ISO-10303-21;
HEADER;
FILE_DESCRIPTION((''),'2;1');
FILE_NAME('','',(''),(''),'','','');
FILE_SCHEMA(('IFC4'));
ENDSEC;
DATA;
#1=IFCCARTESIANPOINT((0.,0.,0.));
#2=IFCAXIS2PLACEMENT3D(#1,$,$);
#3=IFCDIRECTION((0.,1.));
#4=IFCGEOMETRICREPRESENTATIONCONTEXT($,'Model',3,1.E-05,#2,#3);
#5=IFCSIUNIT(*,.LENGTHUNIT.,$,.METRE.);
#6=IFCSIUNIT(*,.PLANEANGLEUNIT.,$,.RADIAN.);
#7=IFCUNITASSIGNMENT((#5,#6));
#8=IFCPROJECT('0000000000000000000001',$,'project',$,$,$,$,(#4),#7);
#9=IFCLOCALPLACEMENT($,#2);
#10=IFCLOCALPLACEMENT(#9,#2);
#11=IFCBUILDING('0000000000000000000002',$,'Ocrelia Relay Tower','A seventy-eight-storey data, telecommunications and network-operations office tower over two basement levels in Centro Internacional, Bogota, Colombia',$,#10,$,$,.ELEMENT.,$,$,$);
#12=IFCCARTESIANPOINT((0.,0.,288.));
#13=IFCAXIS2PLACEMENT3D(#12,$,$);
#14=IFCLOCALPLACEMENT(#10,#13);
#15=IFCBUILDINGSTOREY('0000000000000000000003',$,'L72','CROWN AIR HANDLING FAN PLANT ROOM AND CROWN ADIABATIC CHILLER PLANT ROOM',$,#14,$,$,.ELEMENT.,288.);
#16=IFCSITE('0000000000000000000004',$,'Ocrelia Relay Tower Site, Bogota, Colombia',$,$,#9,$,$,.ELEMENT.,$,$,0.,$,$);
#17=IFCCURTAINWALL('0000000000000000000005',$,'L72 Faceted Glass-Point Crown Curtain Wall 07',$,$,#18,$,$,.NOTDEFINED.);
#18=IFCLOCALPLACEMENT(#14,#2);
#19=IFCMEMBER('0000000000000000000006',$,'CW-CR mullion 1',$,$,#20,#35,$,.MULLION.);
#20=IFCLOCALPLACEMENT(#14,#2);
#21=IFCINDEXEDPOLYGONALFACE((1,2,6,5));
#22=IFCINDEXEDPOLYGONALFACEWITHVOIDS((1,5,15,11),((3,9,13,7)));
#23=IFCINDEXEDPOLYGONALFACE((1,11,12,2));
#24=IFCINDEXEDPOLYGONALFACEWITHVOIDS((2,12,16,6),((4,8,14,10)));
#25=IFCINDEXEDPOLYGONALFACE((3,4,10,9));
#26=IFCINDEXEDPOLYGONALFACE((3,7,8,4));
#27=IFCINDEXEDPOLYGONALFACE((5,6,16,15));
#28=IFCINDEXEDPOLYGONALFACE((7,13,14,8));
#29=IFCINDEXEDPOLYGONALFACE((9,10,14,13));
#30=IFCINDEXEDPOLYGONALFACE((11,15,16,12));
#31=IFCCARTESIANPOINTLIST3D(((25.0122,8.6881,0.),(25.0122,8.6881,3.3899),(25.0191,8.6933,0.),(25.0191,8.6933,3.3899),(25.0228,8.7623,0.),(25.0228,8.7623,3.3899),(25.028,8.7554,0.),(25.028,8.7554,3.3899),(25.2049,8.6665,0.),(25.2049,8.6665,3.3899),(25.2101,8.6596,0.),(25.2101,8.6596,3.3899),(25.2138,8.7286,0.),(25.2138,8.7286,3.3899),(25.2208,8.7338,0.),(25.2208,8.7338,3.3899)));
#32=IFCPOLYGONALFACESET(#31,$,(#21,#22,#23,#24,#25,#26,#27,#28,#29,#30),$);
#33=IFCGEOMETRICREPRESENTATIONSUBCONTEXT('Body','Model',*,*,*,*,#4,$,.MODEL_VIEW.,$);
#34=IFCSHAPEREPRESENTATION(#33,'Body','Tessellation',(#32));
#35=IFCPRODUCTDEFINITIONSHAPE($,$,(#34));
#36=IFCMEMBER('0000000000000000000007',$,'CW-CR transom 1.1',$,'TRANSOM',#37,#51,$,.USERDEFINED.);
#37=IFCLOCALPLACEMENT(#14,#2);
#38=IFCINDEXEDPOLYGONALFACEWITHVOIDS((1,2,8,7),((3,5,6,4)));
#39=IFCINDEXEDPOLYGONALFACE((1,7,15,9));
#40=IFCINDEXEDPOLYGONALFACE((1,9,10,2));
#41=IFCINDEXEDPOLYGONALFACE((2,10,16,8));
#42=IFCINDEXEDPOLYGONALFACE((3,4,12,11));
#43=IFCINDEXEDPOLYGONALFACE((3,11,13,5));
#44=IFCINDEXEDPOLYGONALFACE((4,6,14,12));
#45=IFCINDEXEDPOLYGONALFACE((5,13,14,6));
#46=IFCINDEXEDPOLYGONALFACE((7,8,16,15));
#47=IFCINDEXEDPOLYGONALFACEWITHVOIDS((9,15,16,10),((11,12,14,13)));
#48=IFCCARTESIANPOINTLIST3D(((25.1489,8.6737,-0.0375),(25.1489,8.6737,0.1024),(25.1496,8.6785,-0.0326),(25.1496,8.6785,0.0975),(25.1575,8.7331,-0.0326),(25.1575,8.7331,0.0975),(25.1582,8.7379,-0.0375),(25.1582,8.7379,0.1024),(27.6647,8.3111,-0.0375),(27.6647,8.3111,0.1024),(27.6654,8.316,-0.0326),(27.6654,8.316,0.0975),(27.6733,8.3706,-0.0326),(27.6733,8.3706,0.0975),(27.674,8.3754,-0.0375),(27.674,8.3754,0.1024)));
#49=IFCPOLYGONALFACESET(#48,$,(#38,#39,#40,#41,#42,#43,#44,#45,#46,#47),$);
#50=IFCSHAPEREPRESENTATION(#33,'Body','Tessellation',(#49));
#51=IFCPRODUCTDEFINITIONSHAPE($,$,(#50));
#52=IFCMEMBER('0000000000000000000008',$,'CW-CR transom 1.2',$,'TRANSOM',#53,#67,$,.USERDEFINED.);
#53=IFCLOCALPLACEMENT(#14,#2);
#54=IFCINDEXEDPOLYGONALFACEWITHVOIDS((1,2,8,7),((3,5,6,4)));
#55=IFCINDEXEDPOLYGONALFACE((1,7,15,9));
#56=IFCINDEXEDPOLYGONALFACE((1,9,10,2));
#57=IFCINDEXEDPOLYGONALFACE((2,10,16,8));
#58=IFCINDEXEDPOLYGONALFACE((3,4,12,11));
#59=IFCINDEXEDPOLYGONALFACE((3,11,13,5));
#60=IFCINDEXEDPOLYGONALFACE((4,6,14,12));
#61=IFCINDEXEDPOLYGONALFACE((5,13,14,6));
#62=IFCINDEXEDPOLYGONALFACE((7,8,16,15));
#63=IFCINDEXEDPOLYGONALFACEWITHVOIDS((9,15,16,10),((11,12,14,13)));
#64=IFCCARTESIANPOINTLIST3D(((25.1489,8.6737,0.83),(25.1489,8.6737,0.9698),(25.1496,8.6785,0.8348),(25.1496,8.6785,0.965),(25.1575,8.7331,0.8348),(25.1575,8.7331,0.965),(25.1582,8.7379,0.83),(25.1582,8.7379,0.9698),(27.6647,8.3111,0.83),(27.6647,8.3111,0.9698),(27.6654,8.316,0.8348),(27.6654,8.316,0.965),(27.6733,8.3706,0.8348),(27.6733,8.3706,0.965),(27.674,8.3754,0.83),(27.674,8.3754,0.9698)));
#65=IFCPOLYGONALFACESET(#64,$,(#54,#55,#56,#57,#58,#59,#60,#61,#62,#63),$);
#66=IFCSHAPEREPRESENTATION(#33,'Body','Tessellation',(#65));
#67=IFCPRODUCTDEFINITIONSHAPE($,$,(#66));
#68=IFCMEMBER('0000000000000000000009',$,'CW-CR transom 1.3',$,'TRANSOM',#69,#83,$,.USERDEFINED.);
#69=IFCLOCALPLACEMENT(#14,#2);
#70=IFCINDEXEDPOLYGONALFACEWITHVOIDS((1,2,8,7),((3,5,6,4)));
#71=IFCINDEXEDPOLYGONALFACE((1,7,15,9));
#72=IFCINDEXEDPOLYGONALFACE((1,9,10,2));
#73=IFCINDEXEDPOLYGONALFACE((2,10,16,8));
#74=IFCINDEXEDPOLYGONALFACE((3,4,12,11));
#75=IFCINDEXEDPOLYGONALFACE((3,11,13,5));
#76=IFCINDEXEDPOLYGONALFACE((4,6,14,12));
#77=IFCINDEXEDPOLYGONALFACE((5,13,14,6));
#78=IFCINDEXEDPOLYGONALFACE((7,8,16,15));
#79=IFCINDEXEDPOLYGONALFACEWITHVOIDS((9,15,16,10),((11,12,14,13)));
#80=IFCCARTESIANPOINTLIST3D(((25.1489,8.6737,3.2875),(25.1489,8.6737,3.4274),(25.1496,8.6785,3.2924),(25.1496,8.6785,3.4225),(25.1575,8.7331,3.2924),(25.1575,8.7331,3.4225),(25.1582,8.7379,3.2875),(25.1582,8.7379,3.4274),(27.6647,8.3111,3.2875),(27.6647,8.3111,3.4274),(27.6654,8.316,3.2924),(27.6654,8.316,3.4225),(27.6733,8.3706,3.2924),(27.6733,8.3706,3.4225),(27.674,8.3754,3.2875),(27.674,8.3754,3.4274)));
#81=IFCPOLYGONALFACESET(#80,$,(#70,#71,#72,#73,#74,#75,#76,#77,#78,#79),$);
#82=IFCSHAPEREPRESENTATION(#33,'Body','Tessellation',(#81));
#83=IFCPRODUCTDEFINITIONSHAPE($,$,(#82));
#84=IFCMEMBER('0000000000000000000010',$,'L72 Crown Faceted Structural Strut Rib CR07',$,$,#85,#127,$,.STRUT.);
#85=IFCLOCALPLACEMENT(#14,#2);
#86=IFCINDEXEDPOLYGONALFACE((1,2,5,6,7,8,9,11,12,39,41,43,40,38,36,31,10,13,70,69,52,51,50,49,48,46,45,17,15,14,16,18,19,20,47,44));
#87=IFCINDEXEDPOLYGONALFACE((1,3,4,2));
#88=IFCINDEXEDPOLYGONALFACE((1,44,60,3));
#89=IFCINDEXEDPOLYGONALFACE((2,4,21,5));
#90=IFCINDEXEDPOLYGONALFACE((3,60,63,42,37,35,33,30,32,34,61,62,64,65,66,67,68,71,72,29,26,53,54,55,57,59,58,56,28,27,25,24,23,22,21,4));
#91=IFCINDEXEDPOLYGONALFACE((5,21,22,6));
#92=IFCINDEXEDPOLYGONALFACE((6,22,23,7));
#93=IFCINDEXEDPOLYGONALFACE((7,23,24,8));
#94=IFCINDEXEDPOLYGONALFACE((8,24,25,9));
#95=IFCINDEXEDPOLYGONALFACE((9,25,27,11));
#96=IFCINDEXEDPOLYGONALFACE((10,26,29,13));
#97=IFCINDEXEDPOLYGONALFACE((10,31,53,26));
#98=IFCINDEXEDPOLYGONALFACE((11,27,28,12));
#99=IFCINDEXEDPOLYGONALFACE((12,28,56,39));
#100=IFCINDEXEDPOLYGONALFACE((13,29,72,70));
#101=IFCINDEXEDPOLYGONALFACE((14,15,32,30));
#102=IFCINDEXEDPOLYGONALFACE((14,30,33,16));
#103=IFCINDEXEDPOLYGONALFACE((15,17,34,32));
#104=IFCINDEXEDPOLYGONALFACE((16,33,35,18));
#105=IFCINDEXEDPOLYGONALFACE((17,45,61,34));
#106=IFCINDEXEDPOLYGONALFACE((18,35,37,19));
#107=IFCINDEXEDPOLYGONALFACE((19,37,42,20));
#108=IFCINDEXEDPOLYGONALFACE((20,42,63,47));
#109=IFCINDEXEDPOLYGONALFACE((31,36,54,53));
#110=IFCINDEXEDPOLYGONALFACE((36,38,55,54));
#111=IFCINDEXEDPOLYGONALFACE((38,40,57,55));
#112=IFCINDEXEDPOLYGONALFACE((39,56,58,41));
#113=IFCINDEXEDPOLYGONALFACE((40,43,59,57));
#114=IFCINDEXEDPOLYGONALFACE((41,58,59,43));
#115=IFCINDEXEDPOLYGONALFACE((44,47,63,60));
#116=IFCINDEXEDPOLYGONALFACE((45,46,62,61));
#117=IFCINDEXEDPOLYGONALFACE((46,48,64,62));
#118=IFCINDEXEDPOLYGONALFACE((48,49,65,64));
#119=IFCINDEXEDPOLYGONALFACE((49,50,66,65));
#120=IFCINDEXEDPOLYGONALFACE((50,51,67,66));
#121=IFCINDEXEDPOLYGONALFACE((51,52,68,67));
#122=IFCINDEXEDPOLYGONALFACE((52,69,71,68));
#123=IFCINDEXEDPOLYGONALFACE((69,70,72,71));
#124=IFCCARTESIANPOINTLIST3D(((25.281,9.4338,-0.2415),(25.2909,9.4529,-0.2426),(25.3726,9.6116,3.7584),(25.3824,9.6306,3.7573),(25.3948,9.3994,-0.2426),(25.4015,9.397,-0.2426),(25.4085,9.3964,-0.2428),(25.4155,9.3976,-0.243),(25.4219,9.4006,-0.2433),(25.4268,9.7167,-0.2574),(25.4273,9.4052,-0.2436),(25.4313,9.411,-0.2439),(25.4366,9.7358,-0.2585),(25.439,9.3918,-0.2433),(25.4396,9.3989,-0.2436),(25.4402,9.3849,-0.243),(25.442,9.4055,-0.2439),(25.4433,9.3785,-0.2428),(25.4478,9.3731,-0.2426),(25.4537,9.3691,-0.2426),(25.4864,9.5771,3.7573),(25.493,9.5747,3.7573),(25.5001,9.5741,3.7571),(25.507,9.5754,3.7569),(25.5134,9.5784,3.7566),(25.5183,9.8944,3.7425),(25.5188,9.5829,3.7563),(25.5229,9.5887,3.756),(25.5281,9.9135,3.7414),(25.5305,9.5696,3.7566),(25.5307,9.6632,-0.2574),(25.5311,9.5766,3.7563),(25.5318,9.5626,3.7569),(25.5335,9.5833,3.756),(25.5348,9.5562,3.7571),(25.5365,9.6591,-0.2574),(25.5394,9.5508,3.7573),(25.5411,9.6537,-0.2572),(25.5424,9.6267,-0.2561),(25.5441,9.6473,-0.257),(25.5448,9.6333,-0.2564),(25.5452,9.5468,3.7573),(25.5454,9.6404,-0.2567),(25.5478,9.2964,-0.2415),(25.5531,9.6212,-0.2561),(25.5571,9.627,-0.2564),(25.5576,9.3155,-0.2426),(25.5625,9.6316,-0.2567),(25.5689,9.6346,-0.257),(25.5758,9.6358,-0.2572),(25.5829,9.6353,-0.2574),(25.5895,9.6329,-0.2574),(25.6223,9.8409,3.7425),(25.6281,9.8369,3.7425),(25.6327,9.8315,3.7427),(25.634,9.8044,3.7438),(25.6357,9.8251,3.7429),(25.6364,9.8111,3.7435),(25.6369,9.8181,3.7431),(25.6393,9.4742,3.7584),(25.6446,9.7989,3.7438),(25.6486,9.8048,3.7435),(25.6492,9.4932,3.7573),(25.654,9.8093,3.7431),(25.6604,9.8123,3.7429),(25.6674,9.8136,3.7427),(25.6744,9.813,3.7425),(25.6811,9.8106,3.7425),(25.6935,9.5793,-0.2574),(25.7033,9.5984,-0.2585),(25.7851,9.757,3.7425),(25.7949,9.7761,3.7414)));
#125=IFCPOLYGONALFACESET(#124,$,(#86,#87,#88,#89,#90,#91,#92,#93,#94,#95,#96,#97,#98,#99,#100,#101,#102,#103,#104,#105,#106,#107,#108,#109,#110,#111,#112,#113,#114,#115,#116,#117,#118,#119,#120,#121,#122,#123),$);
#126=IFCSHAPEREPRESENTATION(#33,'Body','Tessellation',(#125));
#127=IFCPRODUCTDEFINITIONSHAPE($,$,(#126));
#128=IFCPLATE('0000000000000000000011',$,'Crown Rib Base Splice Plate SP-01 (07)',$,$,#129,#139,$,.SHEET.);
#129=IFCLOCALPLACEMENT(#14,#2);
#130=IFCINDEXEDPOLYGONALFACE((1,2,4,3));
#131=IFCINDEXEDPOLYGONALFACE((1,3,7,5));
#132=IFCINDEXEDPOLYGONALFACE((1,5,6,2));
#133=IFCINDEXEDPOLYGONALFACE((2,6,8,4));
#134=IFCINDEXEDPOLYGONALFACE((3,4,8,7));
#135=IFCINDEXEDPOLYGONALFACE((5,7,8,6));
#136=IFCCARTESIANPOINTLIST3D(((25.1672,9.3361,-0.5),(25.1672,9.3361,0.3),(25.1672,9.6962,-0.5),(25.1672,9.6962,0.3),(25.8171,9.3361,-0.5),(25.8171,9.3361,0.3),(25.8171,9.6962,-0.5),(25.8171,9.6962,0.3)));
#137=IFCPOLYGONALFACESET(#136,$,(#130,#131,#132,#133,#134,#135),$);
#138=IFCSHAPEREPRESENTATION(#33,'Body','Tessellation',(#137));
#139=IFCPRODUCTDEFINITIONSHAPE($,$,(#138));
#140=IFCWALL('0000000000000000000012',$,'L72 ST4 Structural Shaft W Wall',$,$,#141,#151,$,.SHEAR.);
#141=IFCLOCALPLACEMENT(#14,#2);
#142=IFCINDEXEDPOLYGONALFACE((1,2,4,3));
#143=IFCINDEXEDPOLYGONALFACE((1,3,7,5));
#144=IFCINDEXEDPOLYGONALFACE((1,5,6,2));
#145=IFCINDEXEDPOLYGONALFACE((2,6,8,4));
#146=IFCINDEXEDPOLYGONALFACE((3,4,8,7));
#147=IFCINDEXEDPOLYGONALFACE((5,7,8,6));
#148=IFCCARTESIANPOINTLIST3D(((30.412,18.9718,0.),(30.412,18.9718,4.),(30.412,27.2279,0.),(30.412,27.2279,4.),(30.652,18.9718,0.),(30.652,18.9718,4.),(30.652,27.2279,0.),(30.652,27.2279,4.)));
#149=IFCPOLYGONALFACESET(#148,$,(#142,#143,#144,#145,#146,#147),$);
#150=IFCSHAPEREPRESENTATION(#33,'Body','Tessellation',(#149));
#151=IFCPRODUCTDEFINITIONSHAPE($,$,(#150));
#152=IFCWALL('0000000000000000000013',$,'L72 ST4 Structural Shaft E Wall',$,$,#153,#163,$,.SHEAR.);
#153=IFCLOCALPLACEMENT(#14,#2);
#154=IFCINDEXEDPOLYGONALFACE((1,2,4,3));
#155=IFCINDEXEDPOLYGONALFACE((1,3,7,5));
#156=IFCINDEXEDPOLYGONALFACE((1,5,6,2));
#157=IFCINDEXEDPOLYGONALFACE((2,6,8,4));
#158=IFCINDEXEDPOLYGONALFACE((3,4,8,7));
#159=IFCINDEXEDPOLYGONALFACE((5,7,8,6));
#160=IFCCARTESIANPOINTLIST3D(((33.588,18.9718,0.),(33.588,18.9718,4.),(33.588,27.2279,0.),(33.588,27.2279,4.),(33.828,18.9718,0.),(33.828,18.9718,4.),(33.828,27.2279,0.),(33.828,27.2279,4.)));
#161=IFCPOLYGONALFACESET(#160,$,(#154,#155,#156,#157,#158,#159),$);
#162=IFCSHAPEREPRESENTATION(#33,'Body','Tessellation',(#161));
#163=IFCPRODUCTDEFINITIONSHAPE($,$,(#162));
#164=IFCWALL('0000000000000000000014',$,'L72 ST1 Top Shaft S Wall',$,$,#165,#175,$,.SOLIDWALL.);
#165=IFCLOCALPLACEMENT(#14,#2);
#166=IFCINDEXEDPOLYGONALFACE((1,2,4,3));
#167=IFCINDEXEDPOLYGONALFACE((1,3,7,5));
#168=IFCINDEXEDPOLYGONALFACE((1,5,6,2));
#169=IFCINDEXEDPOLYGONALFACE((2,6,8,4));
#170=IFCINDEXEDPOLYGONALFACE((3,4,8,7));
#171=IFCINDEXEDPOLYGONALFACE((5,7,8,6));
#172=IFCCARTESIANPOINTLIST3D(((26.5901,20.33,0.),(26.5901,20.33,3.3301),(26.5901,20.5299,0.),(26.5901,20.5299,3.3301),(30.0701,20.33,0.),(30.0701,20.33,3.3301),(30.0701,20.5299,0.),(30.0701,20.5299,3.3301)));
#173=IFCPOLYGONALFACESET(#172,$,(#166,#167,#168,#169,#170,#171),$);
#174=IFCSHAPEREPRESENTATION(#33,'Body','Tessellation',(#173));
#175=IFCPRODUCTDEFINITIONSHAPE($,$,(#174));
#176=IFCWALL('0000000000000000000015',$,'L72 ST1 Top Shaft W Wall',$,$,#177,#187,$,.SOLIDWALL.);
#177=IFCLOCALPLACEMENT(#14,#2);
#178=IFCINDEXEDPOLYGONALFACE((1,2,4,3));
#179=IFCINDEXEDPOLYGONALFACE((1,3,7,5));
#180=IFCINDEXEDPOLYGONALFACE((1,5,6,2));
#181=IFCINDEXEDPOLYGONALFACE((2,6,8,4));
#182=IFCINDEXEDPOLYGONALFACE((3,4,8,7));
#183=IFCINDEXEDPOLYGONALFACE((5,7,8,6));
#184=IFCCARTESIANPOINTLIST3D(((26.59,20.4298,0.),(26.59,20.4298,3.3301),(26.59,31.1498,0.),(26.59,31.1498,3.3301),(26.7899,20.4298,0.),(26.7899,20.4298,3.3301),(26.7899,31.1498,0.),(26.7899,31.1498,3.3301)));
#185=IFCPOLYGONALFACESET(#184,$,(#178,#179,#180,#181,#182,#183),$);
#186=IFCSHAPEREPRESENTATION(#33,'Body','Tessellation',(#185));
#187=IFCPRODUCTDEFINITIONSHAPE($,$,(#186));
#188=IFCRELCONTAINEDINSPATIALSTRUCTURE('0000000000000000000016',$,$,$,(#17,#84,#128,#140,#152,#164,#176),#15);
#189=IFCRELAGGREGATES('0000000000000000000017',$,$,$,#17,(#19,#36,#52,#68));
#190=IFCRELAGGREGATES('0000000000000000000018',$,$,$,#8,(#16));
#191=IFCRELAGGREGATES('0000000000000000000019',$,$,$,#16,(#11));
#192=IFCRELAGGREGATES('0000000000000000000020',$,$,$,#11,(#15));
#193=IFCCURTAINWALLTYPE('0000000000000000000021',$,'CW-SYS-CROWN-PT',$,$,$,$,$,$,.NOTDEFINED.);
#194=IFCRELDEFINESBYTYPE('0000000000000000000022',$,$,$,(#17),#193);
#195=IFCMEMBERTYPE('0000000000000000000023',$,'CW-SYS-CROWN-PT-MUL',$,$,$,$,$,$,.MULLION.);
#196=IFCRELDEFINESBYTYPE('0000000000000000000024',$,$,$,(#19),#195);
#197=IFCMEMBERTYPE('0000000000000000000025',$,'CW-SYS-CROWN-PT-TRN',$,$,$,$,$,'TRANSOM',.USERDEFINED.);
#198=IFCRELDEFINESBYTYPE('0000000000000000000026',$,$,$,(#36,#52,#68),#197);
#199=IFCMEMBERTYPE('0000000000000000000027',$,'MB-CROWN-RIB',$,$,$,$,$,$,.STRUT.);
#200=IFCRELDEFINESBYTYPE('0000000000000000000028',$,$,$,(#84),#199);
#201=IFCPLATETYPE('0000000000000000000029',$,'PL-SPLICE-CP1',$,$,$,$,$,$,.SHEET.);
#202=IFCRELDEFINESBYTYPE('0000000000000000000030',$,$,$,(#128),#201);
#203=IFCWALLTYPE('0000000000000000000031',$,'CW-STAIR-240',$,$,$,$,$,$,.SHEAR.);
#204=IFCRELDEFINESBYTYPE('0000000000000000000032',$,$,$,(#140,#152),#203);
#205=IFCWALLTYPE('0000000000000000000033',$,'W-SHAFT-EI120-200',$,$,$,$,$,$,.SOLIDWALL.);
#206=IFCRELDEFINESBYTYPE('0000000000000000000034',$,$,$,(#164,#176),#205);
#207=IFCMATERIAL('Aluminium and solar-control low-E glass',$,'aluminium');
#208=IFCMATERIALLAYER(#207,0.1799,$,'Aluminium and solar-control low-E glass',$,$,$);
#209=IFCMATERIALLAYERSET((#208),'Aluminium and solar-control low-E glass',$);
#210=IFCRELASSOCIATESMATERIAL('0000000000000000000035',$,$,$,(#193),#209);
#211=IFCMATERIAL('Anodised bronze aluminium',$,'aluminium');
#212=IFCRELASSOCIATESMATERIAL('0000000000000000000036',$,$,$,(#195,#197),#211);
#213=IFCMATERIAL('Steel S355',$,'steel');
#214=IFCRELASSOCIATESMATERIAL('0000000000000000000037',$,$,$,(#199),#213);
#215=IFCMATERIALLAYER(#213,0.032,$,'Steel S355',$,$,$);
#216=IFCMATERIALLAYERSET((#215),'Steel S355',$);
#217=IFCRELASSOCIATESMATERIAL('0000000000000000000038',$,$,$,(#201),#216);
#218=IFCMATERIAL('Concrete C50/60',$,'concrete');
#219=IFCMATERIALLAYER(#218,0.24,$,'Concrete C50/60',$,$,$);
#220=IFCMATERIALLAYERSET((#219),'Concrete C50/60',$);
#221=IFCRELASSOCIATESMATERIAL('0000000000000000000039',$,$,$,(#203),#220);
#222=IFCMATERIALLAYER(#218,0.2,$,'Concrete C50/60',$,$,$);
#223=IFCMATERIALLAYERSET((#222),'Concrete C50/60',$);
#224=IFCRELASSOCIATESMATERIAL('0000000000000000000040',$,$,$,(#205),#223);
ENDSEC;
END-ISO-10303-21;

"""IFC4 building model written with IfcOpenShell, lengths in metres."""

from ifc_helpers import new_model, si_unit, direction, frame, frame_2d, origin, origin_2d, place, context, subcontext, project, spatial, rectangle, hollow_rectangle, i_section, extrude, material, layer, layer_set, material_profile, profile_set, type_object, element, aggregate, save


model = new_model("IFC4")

# Units and contexts
model_context = context("Model", 3, precision=1e-05, world=origin(), true_north=direction((0.0, 1.0)))
body_context = subcontext(model_context, "Body", "Model", "MODEL_VIEW")
ifc_project = project(units=[si_unit("LENGTHUNIT", "METRE"), si_unit("PLANEANGLEUNIT", "RADIAN")], contexts=[model_context])

# Site, building, storey
site_placement = place(None, origin())
site = spatial("IfcSite", under=ifc_project, at=site_placement, Name="Ocrelia Relay Tower Site, Bogota, Colombia", CompositionType="ELEMENT", RefElevation=0.0)
building_placement = place(site_placement, origin())
building = spatial("IfcBuilding", under=site, at=building_placement, Name="Ocrelia Relay Tower", Description="A seventy-eight-storey data, telecommunications and network-operations office tower over two basement levels in Centro Internacional, Bogota, Colombia", CompositionType="ELEMENT")
storey_placement = place(building_placement, frame((0.0, 0.0, 288.0)))
storey = spatial("IfcBuildingStorey", under=building, at=storey_placement, Name="L72", Description="CROWN AIR HANDLING FAN PLANT ROOM AND CROWN ADIABATIC CHILLER PLANT ROOM", CompositionType="ELEMENT", Elevation=288.0)

# Shared definitions
ifc_material_1 = material(Name="Steel S355", Category="steel")

# Curtain wall, members
ifc_material_2 = material(Name="Aluminium and solar-control low-E glass", Category="aluminium")
ifc_layer_1 = layer(ifc_material_2, 0.1799, Name="Aluminium and solar-control low-E glass")
ifc_layer_set_1 = layer_set([ifc_layer_1], Name="Aluminium and solar-control low-E glass")
curtain_wall_type = type_object("IfcCurtainWallType", Name="CW-SYS-CROWN-PT", PredefinedType="NOTDEFINED", material=ifc_layer_set_1)
curtain_wall_placement = place(storey_placement, origin())
curtain_wall = element("IfcCurtainWall", 1, at=curtain_wall_placement, inside=storey, type_object=curtain_wall_type, Name="L72 Faceted Glass-Point Crown Curtain Wall 07", PredefinedType="NOTDEFINED")
ifc_material_3 = material(Name="Anodised bronze aluminium", Category="aluminium")
ifc_material_profile_1 = material_profile(ifc_material_3, hollow_rectangle(XDim=0.075, YDim=0.2, WallThickness=0.0061, at=origin_2d()), Name="CW-MUL-200x75")
ifc_profile_set_1 = profile_set([ifc_material_profile_1], Name="Anodised bronze aluminium")
member_type_1 = type_object("IfcMemberType", Name="CW-SYS-CROWN-PT-MUL", PredefinedType="MULLION", material=ifc_profile_set_1)
member_1_placement = place(storey_placement, frame((25.1165, 8.7109, 0.0), z_axis=(0.0, 0.0, 1.0), x_axis=(0.142627, 0.989776, 0.0)))
member_1 = element("IfcMember", 2, at=member_1_placement, type_object=member_type_1, Name="CW-CR mullion 1", PredefinedType="MULLION", context=body_context, shape_type="SweptSolid", body=[
    extrude(hollow_rectangle(XDim=0.075, YDim=0.2, WallThickness=0.0061, at=origin_2d()), origin(), (0.0, 0.0, 1.0), 3.3899),
])
ifc_material_profile_2 = material_profile(ifc_material_3, hollow_rectangle(XDim=0.0649, YDim=0.1399, WallThickness=0.0049, at=origin_2d()), Name="CW-TRN-140x65")
ifc_profile_set_2 = profile_set([ifc_material_profile_2], Name="Anodised bronze aluminium")
member_type_2 = type_object("IfcMemberType", Name="CW-SYS-CROWN-PT-TRN", ElementType="TRANSOM", PredefinedType="USERDEFINED", material=ifc_profile_set_2)
member_2_placement = place(storey_placement, frame((25.1536, 8.7058, 0.0325), z_axis=(0.989776, -0.142631, 0.0), x_axis=(0.142631, 0.989776, 0.0)))
member_2 = element("IfcMember", 3, at=member_2_placement, type_object=member_type_2, Name="CW-CR transom 1.1", ObjectType="TRANSOM", PredefinedType="USERDEFINED", context=body_context, shape_type="SweptSolid", body=[
    extrude(hollow_rectangle(XDim=0.0649, YDim=0.1399, WallThickness=0.0049, at=origin_2d()), origin(), (0.0, 0.0, 1.0), 2.5417),
])
member_3_placement = place(storey_placement, frame((25.1536, 8.7058, 0.8999), z_axis=(0.989776, -0.142631, 0.0), x_axis=(0.142631, 0.989776, 0.0)))
member_3 = element("IfcMember", 4, at=member_3_placement, type_object=member_type_2, Name="CW-CR transom 1.2", ObjectType="TRANSOM", PredefinedType="USERDEFINED", context=body_context, shape_type="SweptSolid", body=[
    extrude(hollow_rectangle(XDim=0.0649, YDim=0.1399, WallThickness=0.0049, at=origin_2d()), origin(), (0.0, 0.0, 1.0), 2.5417),
])
member_4_placement = place(storey_placement, frame((25.1536, 8.7058, 3.3574), z_axis=(0.989776, -0.142631, 0.0), x_axis=(0.142631, 0.989776, 0.0)))
member_4 = element("IfcMember", 5, at=member_4_placement, type_object=member_type_2, Name="CW-CR transom 1.3", ObjectType="TRANSOM", PredefinedType="USERDEFINED", context=body_context, shape_type="SweptSolid", body=[
    extrude(hollow_rectangle(XDim=0.0649, YDim=0.1399, WallThickness=0.0049, at=origin_2d()), origin(), (0.0, 0.0, 1.0), 2.5417),
])
aggregate(curtain_wall, [member_1, member_2, member_3, member_4])

# Member
ifc_material_profile_3 = material_profile(ifc_material_1, i_section(OverallWidth=0.3, OverallDepth=0.3401, WebThickness=0.012, FlangeThickness=0.0215, FilletRadius=0.0271, at=origin_2d()), Name="HEB 340")
ifc_profile_set_3 = profile_set([ifc_material_profile_3], Name="Steel S355")
member_type_3 = type_object("IfcMemberType", Name="MB-CROWN-RIB", PredefinedType="STRUT", material=ifc_profile_set_3)
member_5_placement = place(storey_placement, frame((25.4922, 9.5161, -0.25), z_axis=(0.02286, 0.044378, 0.998753), x_axis=(-0.88899, 0.457927, 0.0)))
element("IfcMember", 6, at=member_5_placement, inside=storey, type_object=member_type_3, Name="L72 Crown Faceted Structural Strut Rib CR07", PredefinedType="STRUT", context=body_context, shape_type="SweptSolid", body=[
    extrude(i_section(OverallWidth=0.3, OverallDepth=0.3401, WebThickness=0.012, FlangeThickness=0.0215, FilletRadius=0.0271, at=origin_2d()), origin(), (0.0, 0.0, 1.0), 4.0049),
])

# Plate
ifc_layer_2 = layer(ifc_material_1, 0.032, Name="Steel S355")
ifc_layer_set_2 = layer_set([ifc_layer_2], Name="Steel S355")
plate_type = type_object("IfcPlateType", Name="PL-SPLICE-CP1", PredefinedType="SHEET", material=ifc_layer_set_2)
plate_placement = place(storey_placement, frame((25.4922, 9.5161, -0.5), z_axis=(0.0, 0.0, 1.0), x_axis=(1.0, 0.0, 0.0)))
element("IfcPlate", 7, at=plate_placement, inside=storey, type_object=plate_type, Name="Crown Rib Base Splice Plate SP-01 (07)", PredefinedType="SHEET", context=body_context, shape_type="SweptSolid", body=[
    extrude(rectangle(XDim=0.6499, YDim=0.3601, at=origin_2d()), origin(), (0.0, 0.0, 1.0), 0.8),
])

# Shared definitions
ifc_material_4 = material(Name="Concrete C50/60", Category="concrete")
ifc_layer_3 = layer(ifc_material_4, 0.24, Name="Concrete C50/60")
ifc_layer_set_3 = layer_set([ifc_layer_3], Name="Concrete C50/60")
wall_type_1 = type_object("IfcWallType", Name="CW-STAIR-240", PredefinedType="SHEAR", material=ifc_layer_set_3)

# Walls
for number, where, z_axis, x_axis, name in (
    (8, (30.532, 18.9719, 0.0), (0.0, 0.0, 1.0), (0.0, 1.0, 0.0), "L72 ST4 Structural Shaft W Wall"),
    (9, (33.708, 18.9719, 0.0), (0.0, 0.0, 1.0), (0.0, 1.0, 0.0), "L72 ST4 Structural Shaft E Wall"),
):
    element("IfcWall", number, at=place(storey_placement, frame(where, z_axis=z_axis, x_axis=x_axis)), inside=storey, type_object=wall_type_1, Name=name, PredefinedType="SHEAR", context=body_context, shape_type="SweptSolid", body=[
        extrude(rectangle(XDim=8.2561, YDim=0.24, at=frame_2d((4.1279, 0.0))), origin(), (0.0, 0.0, 1.0), 4.0),
    ])
ifc_layer_4 = layer(ifc_material_4, 0.2, Name="Concrete C50/60")
ifc_layer_set_4 = layer_set([ifc_layer_4], Name="Concrete C50/60")
wall_type_2 = type_object("IfcWallType", Name="W-SHAFT-EI120-200", PredefinedType="SOLIDWALL", material=ifc_layer_set_4)
wall_1_placement = place(storey_placement, frame((26.5901, 20.4299, 0.0), z_axis=(0.0, 0.0, 1.0), x_axis=(1.0, 0.0, 0.0)))
element("IfcWall", 10, at=wall_1_placement, inside=storey, type_object=wall_type_2, Name="L72 ST1 Top Shaft S Wall", PredefinedType="SOLIDWALL", context=body_context, shape_type="SweptSolid", body=[
    extrude(rectangle(XDim=3.48, YDim=0.2, at=frame_2d((1.74, 0.0))), origin(), (0.0, 0.0, 1.0), 3.3301),
])
wall_2_placement = place(storey_placement, frame((26.6899, 20.4299, 0.0), z_axis=(0.0, 0.0, 1.0), x_axis=(0.0, 1.0, 0.0)))
element("IfcWall", 11, at=wall_2_placement, inside=storey, type_object=wall_type_2, Name="L72 ST1 Top Shaft W Wall", PredefinedType="SOLIDWALL", context=body_context, shape_type="SweptSolid", body=[
    extrude(rectangle(XDim=10.72, YDim=0.2, at=frame_2d((5.3599, 0.0))), origin(), (0.0, 0.0, 1.0), 3.3301),
])

save(model, "model.ifc")
